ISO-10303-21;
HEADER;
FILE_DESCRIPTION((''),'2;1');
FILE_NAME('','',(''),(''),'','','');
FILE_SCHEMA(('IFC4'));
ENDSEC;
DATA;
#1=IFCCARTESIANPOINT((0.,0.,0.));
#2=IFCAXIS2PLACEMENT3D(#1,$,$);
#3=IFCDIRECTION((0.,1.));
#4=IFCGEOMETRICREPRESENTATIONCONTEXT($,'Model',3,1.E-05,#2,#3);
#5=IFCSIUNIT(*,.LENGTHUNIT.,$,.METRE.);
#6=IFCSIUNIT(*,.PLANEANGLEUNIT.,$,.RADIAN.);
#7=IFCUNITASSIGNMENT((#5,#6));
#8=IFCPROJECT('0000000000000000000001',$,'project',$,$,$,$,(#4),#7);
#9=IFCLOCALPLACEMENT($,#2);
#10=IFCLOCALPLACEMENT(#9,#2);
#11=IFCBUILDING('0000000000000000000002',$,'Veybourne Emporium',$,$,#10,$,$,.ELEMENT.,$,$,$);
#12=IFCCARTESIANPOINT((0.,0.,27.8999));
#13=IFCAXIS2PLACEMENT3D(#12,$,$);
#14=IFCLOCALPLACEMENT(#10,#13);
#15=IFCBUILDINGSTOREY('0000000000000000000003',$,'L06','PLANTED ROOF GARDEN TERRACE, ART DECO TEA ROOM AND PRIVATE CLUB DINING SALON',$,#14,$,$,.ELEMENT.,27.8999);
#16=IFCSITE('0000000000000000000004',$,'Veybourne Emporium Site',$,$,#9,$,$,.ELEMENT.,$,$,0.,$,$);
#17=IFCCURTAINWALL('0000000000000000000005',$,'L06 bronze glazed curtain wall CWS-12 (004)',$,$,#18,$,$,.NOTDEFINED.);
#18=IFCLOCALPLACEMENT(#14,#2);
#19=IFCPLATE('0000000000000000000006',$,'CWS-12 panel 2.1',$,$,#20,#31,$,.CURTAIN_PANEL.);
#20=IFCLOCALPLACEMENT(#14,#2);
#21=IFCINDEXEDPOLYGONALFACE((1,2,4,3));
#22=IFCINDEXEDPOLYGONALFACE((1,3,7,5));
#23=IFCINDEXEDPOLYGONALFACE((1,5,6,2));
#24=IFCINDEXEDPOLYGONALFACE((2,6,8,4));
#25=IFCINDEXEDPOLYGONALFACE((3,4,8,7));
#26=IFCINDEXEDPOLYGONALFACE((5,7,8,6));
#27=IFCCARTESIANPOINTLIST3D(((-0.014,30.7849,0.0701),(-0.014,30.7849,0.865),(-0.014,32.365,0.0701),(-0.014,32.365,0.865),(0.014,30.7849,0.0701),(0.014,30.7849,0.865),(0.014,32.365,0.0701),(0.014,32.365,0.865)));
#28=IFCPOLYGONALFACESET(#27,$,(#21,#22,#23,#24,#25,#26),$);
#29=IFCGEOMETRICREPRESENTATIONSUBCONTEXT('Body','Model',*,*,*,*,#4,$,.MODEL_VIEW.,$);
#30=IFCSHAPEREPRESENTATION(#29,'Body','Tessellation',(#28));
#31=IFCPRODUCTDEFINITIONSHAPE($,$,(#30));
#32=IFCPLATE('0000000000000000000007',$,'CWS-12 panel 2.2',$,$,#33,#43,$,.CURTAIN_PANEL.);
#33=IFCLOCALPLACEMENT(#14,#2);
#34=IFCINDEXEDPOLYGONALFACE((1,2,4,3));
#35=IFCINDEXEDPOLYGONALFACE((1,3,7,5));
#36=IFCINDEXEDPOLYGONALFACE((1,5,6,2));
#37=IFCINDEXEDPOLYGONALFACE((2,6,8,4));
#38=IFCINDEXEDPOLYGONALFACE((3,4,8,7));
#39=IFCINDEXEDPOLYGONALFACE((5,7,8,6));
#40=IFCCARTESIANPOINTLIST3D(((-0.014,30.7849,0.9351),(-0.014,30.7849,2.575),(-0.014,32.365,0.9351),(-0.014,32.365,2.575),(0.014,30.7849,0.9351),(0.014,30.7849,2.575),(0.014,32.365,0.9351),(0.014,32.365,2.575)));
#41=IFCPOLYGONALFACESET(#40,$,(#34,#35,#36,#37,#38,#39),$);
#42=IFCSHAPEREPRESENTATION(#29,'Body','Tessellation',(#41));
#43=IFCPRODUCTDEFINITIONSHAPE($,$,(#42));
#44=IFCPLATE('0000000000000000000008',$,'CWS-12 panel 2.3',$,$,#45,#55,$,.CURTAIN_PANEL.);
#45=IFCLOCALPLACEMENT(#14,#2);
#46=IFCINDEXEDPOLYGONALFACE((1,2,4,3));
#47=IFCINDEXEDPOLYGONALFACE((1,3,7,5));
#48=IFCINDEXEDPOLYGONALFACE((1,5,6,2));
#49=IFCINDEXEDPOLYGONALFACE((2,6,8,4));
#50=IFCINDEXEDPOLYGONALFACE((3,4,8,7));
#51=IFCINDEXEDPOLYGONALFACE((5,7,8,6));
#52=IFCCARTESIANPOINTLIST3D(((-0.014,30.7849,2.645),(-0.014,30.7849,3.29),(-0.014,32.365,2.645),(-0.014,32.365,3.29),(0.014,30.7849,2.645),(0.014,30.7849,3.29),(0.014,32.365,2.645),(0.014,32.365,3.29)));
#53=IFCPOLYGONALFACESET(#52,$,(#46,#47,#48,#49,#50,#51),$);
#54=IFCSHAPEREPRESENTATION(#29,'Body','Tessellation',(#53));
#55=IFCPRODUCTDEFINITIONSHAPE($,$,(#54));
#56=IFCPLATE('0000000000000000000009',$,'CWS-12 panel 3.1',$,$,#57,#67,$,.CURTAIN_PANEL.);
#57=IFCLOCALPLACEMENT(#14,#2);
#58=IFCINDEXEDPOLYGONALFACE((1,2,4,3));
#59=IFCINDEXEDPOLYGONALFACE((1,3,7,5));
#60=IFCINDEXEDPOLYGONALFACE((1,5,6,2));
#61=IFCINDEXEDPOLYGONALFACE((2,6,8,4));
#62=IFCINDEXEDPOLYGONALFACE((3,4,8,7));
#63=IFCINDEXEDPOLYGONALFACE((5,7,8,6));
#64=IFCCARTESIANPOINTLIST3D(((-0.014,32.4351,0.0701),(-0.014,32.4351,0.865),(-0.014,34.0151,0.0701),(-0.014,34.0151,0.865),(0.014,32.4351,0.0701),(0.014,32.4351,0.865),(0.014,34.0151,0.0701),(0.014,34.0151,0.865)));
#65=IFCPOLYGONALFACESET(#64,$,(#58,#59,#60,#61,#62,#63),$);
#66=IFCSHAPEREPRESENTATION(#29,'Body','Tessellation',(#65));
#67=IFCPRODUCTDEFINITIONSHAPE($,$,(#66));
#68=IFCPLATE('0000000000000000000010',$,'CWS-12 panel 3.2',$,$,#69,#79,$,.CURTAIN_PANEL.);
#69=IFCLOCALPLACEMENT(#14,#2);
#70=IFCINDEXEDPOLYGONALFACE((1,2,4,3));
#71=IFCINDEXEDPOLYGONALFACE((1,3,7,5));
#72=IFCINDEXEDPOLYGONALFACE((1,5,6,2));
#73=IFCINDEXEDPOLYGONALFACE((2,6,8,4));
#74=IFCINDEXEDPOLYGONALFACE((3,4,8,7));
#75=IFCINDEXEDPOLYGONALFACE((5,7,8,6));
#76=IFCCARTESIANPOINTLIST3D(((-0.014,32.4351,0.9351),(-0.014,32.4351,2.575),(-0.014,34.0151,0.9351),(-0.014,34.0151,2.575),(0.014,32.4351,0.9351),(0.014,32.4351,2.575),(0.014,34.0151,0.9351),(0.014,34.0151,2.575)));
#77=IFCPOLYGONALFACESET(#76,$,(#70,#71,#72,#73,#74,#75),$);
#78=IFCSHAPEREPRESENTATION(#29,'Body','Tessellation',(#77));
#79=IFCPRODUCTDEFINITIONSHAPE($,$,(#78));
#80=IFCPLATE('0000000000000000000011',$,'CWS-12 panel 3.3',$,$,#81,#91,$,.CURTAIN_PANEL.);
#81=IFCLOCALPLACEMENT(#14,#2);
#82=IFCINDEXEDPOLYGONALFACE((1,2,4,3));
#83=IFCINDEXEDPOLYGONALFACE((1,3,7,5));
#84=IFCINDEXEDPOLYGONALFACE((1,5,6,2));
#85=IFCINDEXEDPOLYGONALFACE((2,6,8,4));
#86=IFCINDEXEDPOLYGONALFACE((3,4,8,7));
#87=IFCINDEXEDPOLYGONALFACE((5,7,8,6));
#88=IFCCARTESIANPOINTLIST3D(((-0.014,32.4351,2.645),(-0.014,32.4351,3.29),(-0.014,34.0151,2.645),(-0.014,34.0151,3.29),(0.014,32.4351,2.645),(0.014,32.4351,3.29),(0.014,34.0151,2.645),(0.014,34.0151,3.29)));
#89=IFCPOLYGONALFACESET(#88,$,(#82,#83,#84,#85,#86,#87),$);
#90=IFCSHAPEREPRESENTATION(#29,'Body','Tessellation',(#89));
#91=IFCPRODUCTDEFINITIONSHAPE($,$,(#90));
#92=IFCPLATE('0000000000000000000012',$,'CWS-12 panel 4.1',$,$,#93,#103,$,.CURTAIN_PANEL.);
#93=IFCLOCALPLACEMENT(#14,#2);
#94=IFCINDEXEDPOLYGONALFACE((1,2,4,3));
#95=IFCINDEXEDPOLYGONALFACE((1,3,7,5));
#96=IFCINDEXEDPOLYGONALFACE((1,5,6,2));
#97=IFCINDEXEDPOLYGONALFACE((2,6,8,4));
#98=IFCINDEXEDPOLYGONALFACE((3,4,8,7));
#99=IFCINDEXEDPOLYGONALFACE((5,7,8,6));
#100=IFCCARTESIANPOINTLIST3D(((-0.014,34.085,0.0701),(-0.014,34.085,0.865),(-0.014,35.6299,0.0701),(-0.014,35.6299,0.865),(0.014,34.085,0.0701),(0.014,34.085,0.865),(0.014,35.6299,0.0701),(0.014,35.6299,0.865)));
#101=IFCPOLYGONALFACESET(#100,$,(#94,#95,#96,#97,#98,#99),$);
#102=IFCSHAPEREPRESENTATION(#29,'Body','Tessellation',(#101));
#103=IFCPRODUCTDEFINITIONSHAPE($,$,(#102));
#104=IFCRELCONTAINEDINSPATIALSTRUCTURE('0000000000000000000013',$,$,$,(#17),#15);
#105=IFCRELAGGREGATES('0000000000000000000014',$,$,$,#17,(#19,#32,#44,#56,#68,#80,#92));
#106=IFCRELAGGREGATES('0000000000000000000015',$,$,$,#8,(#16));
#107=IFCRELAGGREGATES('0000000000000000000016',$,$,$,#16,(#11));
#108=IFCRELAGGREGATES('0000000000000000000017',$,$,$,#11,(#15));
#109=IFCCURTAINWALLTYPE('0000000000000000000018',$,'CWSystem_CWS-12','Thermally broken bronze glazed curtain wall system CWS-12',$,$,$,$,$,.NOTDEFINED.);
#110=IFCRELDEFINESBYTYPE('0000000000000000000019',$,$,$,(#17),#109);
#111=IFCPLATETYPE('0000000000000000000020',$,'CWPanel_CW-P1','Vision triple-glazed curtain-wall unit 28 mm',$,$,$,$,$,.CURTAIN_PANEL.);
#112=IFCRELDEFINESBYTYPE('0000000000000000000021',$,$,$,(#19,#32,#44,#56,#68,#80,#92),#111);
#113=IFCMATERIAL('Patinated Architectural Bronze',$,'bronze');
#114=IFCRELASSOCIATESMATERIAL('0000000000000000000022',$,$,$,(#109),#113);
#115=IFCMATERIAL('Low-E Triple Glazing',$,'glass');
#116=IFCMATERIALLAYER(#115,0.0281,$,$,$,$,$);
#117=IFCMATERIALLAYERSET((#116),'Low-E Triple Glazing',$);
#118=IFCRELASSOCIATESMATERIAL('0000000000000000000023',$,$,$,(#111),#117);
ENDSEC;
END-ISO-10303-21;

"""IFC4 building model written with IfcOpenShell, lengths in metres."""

from ifc_helpers import new_model, si_unit, direction, frame, origin, origin_2d, place, context, subcontext, project, spatial, rectangle, extrude, material, layer, layer_set, type_object, element, aggregate, save


model = new_model("IFC4")

# Units and contexts
model_context = context("Model", 3, precision=1e-05, world=origin(), true_north=direction((0.0, 1.0)))
body_context = subcontext(model_context, "Body", "Model", "MODEL_VIEW")
ifc_project = project(units=[si_unit("LENGTHUNIT", "METRE"), si_unit("PLANEANGLEUNIT", "RADIAN")], contexts=[model_context])

# Site, building, storey
site_placement = place(None, origin())
site = spatial("IfcSite", under=ifc_project, at=site_placement, Name="Veybourne Emporium Site", CompositionType="ELEMENT", RefElevation=0.0)
building_placement = place(site_placement, origin())
building = spatial("IfcBuilding", under=site, at=building_placement, Name="Veybourne Emporium", CompositionType="ELEMENT")
storey_placement = place(building_placement, frame((0.0, 0.0, 27.8999)))
storey = spatial("IfcBuildingStorey", under=building, at=storey_placement, Name="L06", Description="PLANTED ROOF GARDEN TERRACE, ART DECO TEA ROOM AND PRIVATE CLUB DINING SALON", CompositionType="ELEMENT", Elevation=27.8999)

# Curtain wall
ifc_material_1 = material(Name="Patinated Architectural Bronze", Category="bronze")
curtain_wall_type = type_object("IfcCurtainWallType", Name="CWSystem_CWS-12", Description="Thermally broken bronze glazed curtain wall system CWS-12", PredefinedType="NOTDEFINED", material=ifc_material_1)
curtain_wall_placement = place(storey_placement, origin())
curtain_wall = element("IfcCurtainWall", 1, at=curtain_wall_placement, inside=storey, type_object=curtain_wall_type, Name="L06 bronze glazed curtain wall CWS-12 (004)", PredefinedType="NOTDEFINED")

# Plates
ifc_material_2 = material(Name="Low-E Triple Glazing", Category="glass")
ifc_layer_1 = layer(ifc_material_2, 0.0281)
ifc_layer_set_1 = layer_set([ifc_layer_1], Name="Low-E Triple Glazing")
plate_type = type_object("IfcPlateType", Name="CWPanel_CW-P1", Description="Vision triple-glazed curtain-wall unit 28 mm", PredefinedType="CURTAIN_PANEL", material=ifc_layer_set_1)
plate_1_placement = place(storey_placement, frame((0.0, 31.575, 0.0701), z_axis=(0.0, 0.0, 1.0), x_axis=(0.0, 1.0, 0.0)))
plate_1 = element("IfcPlate", 2, at=plate_1_placement, type_object=plate_type, Name="CWS-12 panel 2.1", PredefinedType="CURTAIN_PANEL", context=body_context, shape_type="SweptSolid", body=[
    extrude(rectangle(XDim=1.5801, YDim=0.0281, at=origin_2d()), origin(), (0.0, 0.0, 1.0), 0.7949),
])
plate_2_placement = place(storey_placement, frame((0.0, 31.575, 0.9351), z_axis=(0.0, 0.0, 1.0), x_axis=(0.0, 1.0, 0.0)))
plate_2 = element("IfcPlate", 3, at=plate_2_placement, type_object=plate_type, Name="CWS-12 panel 2.2", PredefinedType="CURTAIN_PANEL", context=body_context, shape_type="SweptSolid", body=[
    extrude(rectangle(XDim=1.5801, YDim=0.0281, at=origin_2d()), origin(), (0.0, 0.0, 1.0), 1.6399),
])
plate_3_placement = place(storey_placement, frame((0.0, 31.575, 2.645), z_axis=(0.0, 0.0, 1.0), x_axis=(0.0, 1.0, 0.0)))
plate_3 = element("IfcPlate", 4, at=plate_3_placement, type_object=plate_type, Name="CWS-12 panel 2.3", PredefinedType="CURTAIN_PANEL", context=body_context, shape_type="SweptSolid", body=[
    extrude(rectangle(XDim=1.5801, YDim=0.0281, at=origin_2d()), origin(), (0.0, 0.0, 1.0), 0.645),
])
plate_4_placement = place(storey_placement, frame((0.0, 33.2251, 0.0701), z_axis=(0.0, 0.0, 1.0), x_axis=(0.0, 1.0, 0.0)))
plate_4 = element("IfcPlate", 5, at=plate_4_placement, type_object=plate_type, Name="CWS-12 panel 3.1", PredefinedType="CURTAIN_PANEL", context=body_context, shape_type="SweptSolid", body=[
    extrude(rectangle(XDim=1.5801, YDim=0.0281, at=origin_2d()), origin(), (0.0, 0.0, 1.0), 0.7949),
])
plate_5_placement = place(storey_placement, frame((0.0, 33.2251, 0.9351), z_axis=(0.0, 0.0, 1.0), x_axis=(0.0, 1.0, 0.0)))
plate_5 = element("IfcPlate", 6, at=plate_5_placement, type_object=plate_type, Name="CWS-12 panel 3.2", PredefinedType="CURTAIN_PANEL", context=body_context, shape_type="SweptSolid", body=[
    extrude(rectangle(XDim=1.5801, YDim=0.0281, at=origin_2d()), origin(), (0.0, 0.0, 1.0), 1.6399),
])
plate_6_placement = place(storey_placement, frame((0.0, 33.2251, 2.645), z_axis=(0.0, 0.0, 1.0), x_axis=(0.0, 1.0, 0.0)))
plate_6 = element("IfcPlate", 7, at=plate_6_placement, type_object=plate_type, Name="CWS-12 panel 3.3", PredefinedType="CURTAIN_PANEL", context=body_context, shape_type="SweptSolid", body=[
    extrude(rectangle(XDim=1.5801, YDim=0.0281, at=origin_2d()), origin(), (0.0, 0.0, 1.0), 0.645),
])
plate_7_placement = place(storey_placement, frame((0.0, 34.8574, 0.0701), z_axis=(0.0, 0.0, 1.0), x_axis=(0.0, 1.0, 0.0)))
plate_7 = element("IfcPlate", 8, at=plate_7_placement, type_object=plate_type, Name="CWS-12 panel 4.1", PredefinedType="CURTAIN_PANEL", context=body_context, shape_type="SweptSolid", body=[
    extrude(rectangle(XDim=1.5449, YDim=0.0281, at=origin_2d()), origin(), (0.0, 0.0, 1.0), 0.7949),
])
aggregate(curtain_wall, [plate_1, plate_2, plate_3, plate_4, plate_5, plate_6, plate_7])

save(model, "model.ifc")
